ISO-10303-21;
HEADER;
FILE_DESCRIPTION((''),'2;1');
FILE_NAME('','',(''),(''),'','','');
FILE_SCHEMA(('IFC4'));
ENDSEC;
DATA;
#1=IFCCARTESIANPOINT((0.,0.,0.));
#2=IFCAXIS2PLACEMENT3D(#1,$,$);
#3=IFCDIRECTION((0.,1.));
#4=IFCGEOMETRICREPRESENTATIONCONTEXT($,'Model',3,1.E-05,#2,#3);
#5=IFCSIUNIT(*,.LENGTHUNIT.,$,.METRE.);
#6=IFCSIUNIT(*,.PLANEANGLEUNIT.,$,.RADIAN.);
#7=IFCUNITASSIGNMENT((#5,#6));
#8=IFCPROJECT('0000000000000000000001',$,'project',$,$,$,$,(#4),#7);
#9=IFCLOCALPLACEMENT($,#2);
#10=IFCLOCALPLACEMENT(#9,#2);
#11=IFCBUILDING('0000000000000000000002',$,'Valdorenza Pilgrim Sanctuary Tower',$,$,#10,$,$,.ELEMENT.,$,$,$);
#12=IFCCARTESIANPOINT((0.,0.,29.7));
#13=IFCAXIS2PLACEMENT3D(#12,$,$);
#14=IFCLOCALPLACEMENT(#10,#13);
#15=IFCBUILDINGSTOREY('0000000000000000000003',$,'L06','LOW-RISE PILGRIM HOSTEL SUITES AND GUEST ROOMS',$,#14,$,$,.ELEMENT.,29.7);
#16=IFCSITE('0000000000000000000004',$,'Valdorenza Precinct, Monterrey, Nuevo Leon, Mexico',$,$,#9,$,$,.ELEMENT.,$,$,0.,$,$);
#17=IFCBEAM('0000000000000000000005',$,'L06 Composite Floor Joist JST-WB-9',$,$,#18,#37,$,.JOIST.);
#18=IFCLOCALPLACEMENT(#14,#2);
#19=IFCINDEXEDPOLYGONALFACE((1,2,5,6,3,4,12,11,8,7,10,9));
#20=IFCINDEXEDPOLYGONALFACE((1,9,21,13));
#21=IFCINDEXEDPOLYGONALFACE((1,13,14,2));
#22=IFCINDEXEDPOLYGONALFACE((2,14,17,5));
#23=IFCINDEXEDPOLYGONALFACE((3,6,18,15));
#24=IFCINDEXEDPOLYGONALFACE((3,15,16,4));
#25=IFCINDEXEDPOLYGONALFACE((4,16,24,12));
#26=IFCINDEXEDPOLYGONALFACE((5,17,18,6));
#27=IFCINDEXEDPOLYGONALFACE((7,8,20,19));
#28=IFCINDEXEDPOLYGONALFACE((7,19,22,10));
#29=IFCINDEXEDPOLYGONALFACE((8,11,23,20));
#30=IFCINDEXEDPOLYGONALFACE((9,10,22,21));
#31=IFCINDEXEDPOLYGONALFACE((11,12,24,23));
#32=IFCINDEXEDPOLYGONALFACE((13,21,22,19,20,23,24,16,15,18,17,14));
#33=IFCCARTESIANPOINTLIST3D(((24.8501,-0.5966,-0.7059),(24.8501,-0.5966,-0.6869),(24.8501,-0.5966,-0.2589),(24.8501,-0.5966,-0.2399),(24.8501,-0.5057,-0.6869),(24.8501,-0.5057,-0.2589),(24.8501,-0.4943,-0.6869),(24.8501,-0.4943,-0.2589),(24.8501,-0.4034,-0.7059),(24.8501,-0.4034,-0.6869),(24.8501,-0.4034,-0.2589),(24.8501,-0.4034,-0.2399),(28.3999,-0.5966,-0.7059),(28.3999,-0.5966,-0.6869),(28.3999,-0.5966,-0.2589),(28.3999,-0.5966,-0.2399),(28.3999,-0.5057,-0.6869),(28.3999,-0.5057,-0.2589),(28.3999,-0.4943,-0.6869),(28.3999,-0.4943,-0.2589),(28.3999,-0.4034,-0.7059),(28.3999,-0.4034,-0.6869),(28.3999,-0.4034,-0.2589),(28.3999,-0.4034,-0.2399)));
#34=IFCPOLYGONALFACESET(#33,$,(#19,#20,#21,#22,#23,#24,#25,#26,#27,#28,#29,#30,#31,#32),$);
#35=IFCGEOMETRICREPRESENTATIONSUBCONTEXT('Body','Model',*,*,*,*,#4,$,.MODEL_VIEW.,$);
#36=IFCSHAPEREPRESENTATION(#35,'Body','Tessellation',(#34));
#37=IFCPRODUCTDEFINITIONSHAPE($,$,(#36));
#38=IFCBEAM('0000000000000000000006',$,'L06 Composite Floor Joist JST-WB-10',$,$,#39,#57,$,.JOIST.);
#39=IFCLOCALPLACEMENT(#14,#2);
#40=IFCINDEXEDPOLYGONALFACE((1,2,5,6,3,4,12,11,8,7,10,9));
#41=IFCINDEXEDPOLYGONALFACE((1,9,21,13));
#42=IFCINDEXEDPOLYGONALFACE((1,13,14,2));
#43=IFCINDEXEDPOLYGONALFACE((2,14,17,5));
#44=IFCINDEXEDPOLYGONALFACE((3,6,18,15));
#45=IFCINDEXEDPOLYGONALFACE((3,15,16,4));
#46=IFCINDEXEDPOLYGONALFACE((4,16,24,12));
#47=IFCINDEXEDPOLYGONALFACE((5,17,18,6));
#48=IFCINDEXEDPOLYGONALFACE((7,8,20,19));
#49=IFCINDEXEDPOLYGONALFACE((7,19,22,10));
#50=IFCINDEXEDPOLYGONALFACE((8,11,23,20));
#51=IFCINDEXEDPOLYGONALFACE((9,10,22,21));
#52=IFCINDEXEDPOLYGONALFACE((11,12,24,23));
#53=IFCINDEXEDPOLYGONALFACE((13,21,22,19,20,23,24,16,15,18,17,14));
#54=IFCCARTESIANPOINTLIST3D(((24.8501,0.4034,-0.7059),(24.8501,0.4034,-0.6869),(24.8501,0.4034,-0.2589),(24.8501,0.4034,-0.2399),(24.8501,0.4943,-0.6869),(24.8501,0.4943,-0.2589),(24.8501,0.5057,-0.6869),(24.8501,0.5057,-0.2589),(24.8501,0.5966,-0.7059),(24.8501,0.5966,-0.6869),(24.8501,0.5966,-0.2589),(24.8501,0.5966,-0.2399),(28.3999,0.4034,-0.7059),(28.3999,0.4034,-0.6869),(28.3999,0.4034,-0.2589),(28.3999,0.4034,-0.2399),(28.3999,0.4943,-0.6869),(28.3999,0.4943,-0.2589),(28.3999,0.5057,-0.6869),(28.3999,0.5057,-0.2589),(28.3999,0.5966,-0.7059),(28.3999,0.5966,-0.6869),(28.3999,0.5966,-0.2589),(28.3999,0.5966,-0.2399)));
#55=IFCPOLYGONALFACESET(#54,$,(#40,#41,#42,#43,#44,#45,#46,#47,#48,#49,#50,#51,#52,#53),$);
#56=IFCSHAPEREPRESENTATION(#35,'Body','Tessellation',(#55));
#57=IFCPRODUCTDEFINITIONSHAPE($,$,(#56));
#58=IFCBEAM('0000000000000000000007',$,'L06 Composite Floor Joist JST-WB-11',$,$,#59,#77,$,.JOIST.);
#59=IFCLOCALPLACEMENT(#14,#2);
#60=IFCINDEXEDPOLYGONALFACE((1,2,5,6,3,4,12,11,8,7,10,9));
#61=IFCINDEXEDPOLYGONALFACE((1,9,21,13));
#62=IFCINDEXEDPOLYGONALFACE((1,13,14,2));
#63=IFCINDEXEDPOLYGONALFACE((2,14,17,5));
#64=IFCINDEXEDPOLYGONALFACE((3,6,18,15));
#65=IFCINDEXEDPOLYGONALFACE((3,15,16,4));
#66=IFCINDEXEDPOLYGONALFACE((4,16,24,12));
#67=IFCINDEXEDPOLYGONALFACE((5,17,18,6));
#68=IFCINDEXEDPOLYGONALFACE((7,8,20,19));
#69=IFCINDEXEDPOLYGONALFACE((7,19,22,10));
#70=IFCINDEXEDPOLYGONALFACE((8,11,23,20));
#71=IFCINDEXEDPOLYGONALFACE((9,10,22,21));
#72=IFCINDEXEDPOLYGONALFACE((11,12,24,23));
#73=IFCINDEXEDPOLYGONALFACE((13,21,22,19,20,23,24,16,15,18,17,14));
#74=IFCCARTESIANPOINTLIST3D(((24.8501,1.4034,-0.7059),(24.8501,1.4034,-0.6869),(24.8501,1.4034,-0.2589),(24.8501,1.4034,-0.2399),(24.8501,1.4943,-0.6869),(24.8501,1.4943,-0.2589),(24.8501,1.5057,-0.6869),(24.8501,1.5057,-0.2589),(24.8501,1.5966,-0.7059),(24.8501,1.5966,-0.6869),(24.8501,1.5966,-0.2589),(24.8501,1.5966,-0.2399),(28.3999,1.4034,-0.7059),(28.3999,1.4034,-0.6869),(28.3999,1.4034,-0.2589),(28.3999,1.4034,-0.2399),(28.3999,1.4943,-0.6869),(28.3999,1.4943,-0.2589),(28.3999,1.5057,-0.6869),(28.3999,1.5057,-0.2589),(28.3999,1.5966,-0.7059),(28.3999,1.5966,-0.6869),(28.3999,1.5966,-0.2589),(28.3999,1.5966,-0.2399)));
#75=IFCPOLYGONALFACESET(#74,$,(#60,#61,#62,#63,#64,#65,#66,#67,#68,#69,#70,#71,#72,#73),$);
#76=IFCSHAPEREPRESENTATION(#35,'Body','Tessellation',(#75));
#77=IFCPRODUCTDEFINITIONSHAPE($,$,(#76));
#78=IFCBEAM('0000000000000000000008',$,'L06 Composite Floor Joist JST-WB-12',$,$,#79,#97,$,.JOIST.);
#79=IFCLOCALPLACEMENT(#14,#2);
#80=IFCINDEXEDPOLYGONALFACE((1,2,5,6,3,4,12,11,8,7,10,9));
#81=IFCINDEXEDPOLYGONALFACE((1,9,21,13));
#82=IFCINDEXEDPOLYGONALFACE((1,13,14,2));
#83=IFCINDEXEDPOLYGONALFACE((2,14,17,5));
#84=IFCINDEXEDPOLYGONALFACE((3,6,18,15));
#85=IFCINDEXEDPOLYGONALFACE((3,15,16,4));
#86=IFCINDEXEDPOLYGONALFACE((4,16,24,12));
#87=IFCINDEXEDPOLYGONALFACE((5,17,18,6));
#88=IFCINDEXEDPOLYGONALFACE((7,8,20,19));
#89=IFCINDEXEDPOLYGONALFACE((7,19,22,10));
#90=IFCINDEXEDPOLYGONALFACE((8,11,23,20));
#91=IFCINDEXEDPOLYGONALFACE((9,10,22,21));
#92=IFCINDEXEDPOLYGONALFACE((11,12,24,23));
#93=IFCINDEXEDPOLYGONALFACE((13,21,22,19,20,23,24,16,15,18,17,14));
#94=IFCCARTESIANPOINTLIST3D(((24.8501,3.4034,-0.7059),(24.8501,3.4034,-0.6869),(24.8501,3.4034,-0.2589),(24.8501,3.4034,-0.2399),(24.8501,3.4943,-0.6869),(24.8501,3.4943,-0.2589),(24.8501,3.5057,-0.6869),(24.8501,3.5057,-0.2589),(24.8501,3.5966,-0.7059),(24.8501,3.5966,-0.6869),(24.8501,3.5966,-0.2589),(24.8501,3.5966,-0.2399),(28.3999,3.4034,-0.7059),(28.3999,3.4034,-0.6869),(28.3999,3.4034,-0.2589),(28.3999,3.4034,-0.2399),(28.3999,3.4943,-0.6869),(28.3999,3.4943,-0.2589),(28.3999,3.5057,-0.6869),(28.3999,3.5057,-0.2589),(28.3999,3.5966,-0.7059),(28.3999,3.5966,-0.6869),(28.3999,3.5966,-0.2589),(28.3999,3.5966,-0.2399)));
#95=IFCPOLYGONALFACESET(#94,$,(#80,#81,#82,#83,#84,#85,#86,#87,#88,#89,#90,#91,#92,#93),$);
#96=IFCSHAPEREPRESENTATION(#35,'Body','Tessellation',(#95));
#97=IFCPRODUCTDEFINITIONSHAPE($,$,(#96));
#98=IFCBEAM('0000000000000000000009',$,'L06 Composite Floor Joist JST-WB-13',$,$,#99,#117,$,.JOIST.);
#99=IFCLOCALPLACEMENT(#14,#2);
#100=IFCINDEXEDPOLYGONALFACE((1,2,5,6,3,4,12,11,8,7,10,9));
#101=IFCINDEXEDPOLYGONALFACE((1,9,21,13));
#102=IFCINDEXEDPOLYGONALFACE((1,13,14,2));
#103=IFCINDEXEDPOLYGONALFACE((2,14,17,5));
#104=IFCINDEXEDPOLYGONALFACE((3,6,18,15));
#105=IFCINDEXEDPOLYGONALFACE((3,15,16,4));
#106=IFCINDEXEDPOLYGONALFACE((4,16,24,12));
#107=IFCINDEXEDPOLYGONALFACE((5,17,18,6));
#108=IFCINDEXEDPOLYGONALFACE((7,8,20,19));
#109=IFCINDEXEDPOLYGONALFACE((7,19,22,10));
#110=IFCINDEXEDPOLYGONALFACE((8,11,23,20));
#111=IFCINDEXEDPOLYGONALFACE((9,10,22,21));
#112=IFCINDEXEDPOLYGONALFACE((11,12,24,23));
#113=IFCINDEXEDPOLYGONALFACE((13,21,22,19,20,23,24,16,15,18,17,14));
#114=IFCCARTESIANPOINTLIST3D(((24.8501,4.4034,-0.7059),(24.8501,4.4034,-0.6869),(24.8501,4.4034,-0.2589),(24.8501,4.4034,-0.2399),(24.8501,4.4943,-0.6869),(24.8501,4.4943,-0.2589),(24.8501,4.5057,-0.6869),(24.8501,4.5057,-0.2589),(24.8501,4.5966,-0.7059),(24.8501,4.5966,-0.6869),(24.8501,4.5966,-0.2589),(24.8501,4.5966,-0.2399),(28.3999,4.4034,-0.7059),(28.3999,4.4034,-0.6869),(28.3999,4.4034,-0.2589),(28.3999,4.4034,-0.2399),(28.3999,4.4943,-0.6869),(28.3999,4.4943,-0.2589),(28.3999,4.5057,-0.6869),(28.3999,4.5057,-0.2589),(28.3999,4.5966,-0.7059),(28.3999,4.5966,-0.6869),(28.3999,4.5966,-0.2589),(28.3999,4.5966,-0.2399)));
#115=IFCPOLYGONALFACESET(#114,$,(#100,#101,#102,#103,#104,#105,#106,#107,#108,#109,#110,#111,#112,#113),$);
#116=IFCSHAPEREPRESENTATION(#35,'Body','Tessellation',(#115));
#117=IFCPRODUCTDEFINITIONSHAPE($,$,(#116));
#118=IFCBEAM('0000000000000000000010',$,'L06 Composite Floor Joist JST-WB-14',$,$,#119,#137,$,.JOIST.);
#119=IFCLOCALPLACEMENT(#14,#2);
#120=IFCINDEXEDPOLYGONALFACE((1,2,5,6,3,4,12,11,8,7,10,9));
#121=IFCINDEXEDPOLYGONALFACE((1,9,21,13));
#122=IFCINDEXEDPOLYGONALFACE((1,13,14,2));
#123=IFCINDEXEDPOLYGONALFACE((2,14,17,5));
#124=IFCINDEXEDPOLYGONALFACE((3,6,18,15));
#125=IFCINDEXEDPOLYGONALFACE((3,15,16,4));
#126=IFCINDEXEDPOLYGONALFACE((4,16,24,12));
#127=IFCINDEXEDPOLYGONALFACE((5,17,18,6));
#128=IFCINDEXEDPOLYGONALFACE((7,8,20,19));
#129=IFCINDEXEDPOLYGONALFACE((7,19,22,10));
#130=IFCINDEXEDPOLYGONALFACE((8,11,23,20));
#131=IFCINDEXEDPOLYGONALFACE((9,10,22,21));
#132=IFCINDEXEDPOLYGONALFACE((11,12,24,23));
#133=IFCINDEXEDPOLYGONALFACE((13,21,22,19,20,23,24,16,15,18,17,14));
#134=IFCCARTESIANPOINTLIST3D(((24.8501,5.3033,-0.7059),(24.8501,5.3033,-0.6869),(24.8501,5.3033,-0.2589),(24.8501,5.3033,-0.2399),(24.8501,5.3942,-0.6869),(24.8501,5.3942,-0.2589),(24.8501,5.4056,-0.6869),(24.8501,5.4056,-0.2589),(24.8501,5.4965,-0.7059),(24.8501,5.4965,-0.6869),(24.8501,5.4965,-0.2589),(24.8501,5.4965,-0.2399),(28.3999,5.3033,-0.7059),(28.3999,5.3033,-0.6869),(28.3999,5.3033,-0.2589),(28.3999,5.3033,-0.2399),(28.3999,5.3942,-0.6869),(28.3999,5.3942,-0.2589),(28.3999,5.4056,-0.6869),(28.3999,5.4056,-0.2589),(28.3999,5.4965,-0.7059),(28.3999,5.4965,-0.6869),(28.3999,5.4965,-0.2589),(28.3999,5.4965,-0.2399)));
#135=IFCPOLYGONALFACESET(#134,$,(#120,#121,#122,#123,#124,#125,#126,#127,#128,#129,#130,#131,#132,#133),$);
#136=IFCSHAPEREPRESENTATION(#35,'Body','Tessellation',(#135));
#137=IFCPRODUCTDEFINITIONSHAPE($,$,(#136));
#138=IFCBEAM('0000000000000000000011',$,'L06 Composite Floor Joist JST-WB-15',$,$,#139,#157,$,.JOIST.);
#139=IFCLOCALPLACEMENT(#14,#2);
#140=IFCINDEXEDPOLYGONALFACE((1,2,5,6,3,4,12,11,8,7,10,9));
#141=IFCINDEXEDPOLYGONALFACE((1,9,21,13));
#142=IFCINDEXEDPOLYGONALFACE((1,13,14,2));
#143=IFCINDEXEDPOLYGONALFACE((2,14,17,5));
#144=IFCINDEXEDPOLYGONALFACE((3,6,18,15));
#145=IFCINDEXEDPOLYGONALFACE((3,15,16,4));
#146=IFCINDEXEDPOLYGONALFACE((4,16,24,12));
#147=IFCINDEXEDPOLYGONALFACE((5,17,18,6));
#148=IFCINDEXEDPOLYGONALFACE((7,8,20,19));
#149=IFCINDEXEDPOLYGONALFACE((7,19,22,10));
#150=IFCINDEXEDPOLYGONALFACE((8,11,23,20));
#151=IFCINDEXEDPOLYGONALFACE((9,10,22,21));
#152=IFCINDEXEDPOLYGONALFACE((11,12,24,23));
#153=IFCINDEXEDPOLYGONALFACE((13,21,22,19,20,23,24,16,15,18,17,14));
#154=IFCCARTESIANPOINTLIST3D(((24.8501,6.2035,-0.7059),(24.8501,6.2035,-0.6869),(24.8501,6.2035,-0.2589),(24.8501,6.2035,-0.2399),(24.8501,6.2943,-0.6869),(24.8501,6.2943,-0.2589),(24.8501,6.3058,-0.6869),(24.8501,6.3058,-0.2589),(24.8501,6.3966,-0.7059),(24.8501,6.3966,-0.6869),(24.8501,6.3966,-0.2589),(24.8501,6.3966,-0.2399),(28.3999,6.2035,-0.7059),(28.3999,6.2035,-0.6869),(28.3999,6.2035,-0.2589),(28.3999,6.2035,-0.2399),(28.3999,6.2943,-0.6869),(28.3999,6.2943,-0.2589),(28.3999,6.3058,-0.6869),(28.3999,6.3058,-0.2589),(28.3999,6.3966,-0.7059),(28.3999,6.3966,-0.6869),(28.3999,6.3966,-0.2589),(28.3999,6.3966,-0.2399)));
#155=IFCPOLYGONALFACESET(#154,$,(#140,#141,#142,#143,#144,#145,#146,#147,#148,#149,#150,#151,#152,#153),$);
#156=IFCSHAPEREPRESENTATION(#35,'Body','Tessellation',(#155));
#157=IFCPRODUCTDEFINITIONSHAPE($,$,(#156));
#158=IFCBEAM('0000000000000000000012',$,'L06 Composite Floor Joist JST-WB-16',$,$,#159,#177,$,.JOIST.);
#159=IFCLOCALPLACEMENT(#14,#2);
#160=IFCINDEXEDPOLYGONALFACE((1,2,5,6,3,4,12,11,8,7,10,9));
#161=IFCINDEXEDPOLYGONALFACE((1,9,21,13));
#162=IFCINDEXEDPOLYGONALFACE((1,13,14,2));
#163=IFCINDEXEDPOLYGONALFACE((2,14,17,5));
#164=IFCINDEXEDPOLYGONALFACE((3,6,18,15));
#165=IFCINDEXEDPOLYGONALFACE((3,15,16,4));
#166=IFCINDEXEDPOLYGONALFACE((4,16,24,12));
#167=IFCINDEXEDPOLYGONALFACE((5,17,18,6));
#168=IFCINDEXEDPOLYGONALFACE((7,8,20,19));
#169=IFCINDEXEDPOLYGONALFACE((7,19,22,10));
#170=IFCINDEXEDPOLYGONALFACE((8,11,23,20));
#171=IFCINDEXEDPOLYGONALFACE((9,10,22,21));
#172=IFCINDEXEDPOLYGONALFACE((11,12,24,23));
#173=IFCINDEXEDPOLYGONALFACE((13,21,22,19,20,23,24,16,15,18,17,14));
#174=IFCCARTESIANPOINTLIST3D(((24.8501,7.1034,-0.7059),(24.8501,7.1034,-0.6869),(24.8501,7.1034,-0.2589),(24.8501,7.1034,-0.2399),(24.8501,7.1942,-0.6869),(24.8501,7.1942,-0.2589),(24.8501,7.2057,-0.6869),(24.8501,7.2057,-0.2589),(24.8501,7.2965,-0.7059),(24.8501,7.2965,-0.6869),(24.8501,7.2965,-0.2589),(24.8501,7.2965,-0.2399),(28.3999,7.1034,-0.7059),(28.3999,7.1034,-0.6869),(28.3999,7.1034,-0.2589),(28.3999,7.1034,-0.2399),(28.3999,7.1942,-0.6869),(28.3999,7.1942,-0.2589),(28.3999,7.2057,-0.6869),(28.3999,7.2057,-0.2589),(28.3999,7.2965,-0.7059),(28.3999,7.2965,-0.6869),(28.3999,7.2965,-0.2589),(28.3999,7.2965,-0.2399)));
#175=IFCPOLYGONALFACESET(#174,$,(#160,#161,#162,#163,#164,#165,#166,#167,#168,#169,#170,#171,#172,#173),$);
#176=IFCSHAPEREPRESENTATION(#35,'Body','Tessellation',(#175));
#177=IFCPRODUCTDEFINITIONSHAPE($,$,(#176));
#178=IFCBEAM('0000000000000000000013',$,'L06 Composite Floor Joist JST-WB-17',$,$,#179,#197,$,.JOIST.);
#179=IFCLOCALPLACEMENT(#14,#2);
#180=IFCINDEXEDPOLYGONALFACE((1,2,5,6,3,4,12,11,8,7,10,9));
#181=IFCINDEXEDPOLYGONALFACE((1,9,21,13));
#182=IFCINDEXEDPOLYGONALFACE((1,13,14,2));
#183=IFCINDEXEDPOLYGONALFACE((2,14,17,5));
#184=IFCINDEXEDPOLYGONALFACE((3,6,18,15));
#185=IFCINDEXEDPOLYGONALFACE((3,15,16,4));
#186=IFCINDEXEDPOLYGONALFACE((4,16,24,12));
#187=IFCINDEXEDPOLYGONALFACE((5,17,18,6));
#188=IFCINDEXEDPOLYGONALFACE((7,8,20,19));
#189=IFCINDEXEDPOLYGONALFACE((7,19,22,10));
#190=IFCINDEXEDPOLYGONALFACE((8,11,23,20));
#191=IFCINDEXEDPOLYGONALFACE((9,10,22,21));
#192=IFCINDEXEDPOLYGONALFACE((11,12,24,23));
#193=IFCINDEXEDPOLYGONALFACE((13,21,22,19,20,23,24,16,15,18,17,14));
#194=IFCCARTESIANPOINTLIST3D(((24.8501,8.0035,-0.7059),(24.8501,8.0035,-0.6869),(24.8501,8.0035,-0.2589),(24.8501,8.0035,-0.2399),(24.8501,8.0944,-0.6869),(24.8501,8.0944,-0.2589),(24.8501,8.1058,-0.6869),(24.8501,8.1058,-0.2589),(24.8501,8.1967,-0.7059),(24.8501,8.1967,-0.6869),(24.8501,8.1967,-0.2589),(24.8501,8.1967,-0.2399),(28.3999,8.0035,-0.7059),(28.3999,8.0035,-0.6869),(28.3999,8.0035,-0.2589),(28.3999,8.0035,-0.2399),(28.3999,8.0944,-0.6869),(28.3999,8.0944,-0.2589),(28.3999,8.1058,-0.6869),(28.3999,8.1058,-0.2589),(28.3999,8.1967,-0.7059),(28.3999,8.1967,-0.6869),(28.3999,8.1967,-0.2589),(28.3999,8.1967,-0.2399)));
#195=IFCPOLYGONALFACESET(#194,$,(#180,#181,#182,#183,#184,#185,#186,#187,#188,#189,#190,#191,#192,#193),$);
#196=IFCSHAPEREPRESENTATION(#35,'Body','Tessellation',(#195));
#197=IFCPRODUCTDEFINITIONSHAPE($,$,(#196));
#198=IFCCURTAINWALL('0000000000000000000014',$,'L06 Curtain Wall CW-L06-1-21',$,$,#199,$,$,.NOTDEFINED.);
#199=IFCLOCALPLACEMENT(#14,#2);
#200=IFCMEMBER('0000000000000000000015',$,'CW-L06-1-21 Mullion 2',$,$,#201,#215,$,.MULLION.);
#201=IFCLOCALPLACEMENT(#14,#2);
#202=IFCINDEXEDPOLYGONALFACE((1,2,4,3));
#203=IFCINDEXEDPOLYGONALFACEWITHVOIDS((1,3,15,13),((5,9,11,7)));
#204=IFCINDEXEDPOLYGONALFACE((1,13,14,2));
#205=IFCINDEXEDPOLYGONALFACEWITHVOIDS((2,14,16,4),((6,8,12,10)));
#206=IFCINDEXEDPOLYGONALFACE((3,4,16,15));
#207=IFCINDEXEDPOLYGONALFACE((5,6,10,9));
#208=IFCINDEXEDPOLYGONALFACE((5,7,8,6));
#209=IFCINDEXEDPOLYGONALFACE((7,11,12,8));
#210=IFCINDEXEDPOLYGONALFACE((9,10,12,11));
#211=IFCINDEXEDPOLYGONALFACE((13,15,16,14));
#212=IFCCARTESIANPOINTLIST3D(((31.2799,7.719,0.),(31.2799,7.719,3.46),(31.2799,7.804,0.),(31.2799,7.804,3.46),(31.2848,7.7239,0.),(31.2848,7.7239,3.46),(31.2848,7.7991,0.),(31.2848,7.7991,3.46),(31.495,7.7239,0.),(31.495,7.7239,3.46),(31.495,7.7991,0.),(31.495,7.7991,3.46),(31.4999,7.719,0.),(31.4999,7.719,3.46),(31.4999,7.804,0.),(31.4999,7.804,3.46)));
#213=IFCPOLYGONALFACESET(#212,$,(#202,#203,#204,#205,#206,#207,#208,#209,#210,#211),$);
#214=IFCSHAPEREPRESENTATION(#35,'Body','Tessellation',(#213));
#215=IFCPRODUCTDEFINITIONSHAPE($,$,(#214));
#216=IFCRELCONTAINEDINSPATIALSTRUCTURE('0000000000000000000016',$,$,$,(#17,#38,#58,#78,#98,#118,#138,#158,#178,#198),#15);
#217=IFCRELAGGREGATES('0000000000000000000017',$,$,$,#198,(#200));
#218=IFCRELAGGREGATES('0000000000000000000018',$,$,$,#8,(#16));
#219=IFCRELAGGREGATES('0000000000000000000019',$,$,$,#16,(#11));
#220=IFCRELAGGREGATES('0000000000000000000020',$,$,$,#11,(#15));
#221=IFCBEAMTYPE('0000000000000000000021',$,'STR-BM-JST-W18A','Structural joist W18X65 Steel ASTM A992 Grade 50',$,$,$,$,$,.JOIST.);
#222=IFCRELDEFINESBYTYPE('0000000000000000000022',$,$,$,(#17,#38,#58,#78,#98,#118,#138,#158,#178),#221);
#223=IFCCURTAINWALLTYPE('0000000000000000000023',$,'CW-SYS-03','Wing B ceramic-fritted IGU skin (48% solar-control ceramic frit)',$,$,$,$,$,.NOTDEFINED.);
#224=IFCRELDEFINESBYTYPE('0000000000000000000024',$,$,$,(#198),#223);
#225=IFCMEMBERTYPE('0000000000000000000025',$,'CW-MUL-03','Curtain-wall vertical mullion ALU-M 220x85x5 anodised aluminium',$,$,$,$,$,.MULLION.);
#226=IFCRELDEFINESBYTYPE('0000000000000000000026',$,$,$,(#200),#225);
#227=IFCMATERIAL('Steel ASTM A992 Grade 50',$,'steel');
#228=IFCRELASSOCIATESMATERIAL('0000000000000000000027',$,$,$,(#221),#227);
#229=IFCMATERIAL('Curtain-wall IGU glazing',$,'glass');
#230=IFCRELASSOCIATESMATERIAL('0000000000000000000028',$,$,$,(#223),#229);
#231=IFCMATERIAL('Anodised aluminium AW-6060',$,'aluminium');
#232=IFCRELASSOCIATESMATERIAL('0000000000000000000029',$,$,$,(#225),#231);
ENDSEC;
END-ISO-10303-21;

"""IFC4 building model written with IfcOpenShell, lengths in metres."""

from ifc_helpers import new_model, si_unit, direction, frame, origin, origin_2d, place, context, subcontext, project, spatial, hollow_rectangle, i_section, extrude, source, transform, mapped, material, material_profile, profile_set, type_object, element, aggregate, save


model = new_model("IFC4")

# Units and contexts
model_context = context("Model", 3, precision=1e-05, world=origin(), true_north=direction((0.0, 1.0)))
body_context = subcontext(model_context, "Body", "Model", "MODEL_VIEW")
ifc_project = project(units=[si_unit("LENGTHUNIT", "METRE"), si_unit("PLANEANGLEUNIT", "RADIAN")], contexts=[model_context])

# Site, building, storey
site_placement = place(None, origin())
site = spatial("IfcSite", under=ifc_project, at=site_placement, Name="Valdorenza Precinct, Monterrey, Nuevo Leon, Mexico", CompositionType="ELEMENT", RefElevation=0.0)
building_placement = place(site_placement, origin())
building = spatial("IfcBuilding", under=site, at=building_placement, Name="Valdorenza Pilgrim Sanctuary Tower", CompositionType="ELEMENT")
storey_placement = place(building_placement, frame((0.0, 0.0, 29.7)))
storey = spatial("IfcBuildingStorey", under=building, at=storey_placement, Name="L06", Description="LOW-RISE PILGRIM HOSTEL SUITES AND GUEST ROOMS", CompositionType="ELEMENT", Elevation=29.7)

# Beams
ifc_material_1 = material(Name="Steel ASTM A992 Grade 50", Category="steel")
ifc_material_profile_1 = material_profile(ifc_material_1, i_section(OverallWidth=0.1931, OverallDepth=0.4661, WebThickness=0.0115, FlangeThickness=0.019, at=origin_2d()), Name="W18X65")
ifc_profile_set_1 = profile_set([ifc_material_profile_1], Name="Steel ASTM A992 Grade 50")
beam_type = type_object("IfcBeamType", Name="STR-BM-JST-W18A", Description="Structural joist W18X65 Steel ASTM A992 Grade 50", PredefinedType="JOIST", material=ifc_profile_set_1)
shared_shape_1 = source(origin(), body_context, "Body", "SweptSolid", [
    extrude(i_section(OverallWidth=0.1931, OverallDepth=0.4661, WebThickness=0.0115, FlangeThickness=0.019, at=origin_2d()), origin(), (0.0, 0.0, 1.0), 3.5498),
])
for number, where, z_axis, x_axis, name in (
    (1, (24.8501, -0.5, -0.4729), (1.0, 0.0, 0.0), (0.0, 1.0, 0.0), "L06 Composite Floor Joist JST-WB-9"),
    (2, (24.8501, 0.5, -0.4729), (1.0, 0.0, 0.0), (0.0, 1.0, 0.0), "L06 Composite Floor Joist JST-WB-10"),
    (3, (24.8501, 1.5, -0.4729), (1.0, 0.0, 0.0), (0.0, 1.0, 0.0), "L06 Composite Floor Joist JST-WB-11"),
    (4, (24.8501, 3.5, -0.4729), (1.0, 0.0, 0.0), (0.0, 1.0, 0.0), "L06 Composite Floor Joist JST-WB-12"),
    (5, (24.8501, 4.5, -0.4729), (1.0, 0.0, 0.0), (0.0, 1.0, 0.0), "L06 Composite Floor Joist JST-WB-13"),
    (6, (24.8501, 5.3999, -0.4729), (1.0, 0.0, 0.0), (0.0, 1.0, 0.0), "L06 Composite Floor Joist JST-WB-14"),
    (7, (24.8501, 6.3, -0.4729), (1.0, 0.0, 0.0), (0.0, 1.0, 0.0), "L06 Composite Floor Joist JST-WB-15"),
    (8, (24.8501, 7.2, -0.4729), (1.0, 0.0, 0.0), (0.0, 1.0, 0.0), "L06 Composite Floor Joist JST-WB-16"),
    (9, (24.8501, 8.1001, -0.4729), (1.0, 0.0, 0.0), (0.0, 1.0, 0.0), "L06 Composite Floor Joist JST-WB-17"),
):
    element("IfcBeam", number, at=place(storey_placement, frame(where, z_axis=z_axis, x_axis=x_axis)), inside=storey, type_object=beam_type, Name=name, PredefinedType="JOIST", context=body_context, shape_type="MappedRepresentation", body=[
        mapped(shared_shape_1, transform((0.0, 0.0, 0.0), x_axis=(1.0, 0.0, 0.0), y_axis=(0.0, 1.0, 0.0), z_axis=(0.0, 0.0, 1.0), scale=1.0)),
    ])

# Curtain wall, member
ifc_material_2 = material(Name="Curtain-wall IGU glazing", Category="glass")
curtain_wall_type = type_object("IfcCurtainWallType", Name="CW-SYS-03", Description="Wing B ceramic-fritted IGU skin (48% solar-control ceramic frit)", PredefinedType="NOTDEFINED", material=ifc_material_2)
curtain_wall_placement = place(storey_placement, origin())
curtain_wall = element("IfcCurtainWall", 10, at=curtain_wall_placement, inside=storey, type_object=curtain_wall_type, Name="L06 Curtain Wall CW-L06-1-21", PredefinedType="NOTDEFINED")
ifc_material_3 = material(Name="Anodised aluminium AW-6060", Category="aluminium")
ifc_material_profile_2 = material_profile(ifc_material_3, hollow_rectangle(XDim=0.085, YDim=0.22, WallThickness=0.0049, at=origin_2d()), Name="ALU-M 220x85x5")
ifc_profile_set_2 = profile_set([ifc_material_profile_2], Name="Anodised aluminium AW-6060")
member_type = type_object("IfcMemberType", Name="CW-MUL-03", Description="Curtain-wall vertical mullion ALU-M 220x85x5 anodised aluminium", PredefinedType="MULLION", material=ifc_profile_set_2)
shared_shape_2 = source(origin(), body_context, "Body", "SweptSolid", [
    extrude(hollow_rectangle(XDim=0.085, YDim=0.22, WallThickness=0.0049, at=origin_2d()), origin(), (0.0, 0.0, 1.0), 3.46),
])
member_1_placement = place(storey_placement, frame((31.3899, 7.7615, 0.0), z_axis=(0.0, 0.0, 1.0), x_axis=(0.0, -1.0, 0.0)))
member_1 = element("IfcMember", 11, at=member_1_placement, type_object=member_type, Name="CW-L06-1-21 Mullion 2", PredefinedType="MULLION", context=body_context, shape_type="MappedRepresentation", body=[
    mapped(shared_shape_2, transform((0.0, 0.0, 0.0), x_axis=(1.0, 0.0, 0.0), y_axis=(0.0, 1.0, 0.0), z_axis=(0.0, 0.0, 1.0), scale=1.0)),
])
aggregate(curtain_wall, [member_1])

save(model, "model.ifc")
